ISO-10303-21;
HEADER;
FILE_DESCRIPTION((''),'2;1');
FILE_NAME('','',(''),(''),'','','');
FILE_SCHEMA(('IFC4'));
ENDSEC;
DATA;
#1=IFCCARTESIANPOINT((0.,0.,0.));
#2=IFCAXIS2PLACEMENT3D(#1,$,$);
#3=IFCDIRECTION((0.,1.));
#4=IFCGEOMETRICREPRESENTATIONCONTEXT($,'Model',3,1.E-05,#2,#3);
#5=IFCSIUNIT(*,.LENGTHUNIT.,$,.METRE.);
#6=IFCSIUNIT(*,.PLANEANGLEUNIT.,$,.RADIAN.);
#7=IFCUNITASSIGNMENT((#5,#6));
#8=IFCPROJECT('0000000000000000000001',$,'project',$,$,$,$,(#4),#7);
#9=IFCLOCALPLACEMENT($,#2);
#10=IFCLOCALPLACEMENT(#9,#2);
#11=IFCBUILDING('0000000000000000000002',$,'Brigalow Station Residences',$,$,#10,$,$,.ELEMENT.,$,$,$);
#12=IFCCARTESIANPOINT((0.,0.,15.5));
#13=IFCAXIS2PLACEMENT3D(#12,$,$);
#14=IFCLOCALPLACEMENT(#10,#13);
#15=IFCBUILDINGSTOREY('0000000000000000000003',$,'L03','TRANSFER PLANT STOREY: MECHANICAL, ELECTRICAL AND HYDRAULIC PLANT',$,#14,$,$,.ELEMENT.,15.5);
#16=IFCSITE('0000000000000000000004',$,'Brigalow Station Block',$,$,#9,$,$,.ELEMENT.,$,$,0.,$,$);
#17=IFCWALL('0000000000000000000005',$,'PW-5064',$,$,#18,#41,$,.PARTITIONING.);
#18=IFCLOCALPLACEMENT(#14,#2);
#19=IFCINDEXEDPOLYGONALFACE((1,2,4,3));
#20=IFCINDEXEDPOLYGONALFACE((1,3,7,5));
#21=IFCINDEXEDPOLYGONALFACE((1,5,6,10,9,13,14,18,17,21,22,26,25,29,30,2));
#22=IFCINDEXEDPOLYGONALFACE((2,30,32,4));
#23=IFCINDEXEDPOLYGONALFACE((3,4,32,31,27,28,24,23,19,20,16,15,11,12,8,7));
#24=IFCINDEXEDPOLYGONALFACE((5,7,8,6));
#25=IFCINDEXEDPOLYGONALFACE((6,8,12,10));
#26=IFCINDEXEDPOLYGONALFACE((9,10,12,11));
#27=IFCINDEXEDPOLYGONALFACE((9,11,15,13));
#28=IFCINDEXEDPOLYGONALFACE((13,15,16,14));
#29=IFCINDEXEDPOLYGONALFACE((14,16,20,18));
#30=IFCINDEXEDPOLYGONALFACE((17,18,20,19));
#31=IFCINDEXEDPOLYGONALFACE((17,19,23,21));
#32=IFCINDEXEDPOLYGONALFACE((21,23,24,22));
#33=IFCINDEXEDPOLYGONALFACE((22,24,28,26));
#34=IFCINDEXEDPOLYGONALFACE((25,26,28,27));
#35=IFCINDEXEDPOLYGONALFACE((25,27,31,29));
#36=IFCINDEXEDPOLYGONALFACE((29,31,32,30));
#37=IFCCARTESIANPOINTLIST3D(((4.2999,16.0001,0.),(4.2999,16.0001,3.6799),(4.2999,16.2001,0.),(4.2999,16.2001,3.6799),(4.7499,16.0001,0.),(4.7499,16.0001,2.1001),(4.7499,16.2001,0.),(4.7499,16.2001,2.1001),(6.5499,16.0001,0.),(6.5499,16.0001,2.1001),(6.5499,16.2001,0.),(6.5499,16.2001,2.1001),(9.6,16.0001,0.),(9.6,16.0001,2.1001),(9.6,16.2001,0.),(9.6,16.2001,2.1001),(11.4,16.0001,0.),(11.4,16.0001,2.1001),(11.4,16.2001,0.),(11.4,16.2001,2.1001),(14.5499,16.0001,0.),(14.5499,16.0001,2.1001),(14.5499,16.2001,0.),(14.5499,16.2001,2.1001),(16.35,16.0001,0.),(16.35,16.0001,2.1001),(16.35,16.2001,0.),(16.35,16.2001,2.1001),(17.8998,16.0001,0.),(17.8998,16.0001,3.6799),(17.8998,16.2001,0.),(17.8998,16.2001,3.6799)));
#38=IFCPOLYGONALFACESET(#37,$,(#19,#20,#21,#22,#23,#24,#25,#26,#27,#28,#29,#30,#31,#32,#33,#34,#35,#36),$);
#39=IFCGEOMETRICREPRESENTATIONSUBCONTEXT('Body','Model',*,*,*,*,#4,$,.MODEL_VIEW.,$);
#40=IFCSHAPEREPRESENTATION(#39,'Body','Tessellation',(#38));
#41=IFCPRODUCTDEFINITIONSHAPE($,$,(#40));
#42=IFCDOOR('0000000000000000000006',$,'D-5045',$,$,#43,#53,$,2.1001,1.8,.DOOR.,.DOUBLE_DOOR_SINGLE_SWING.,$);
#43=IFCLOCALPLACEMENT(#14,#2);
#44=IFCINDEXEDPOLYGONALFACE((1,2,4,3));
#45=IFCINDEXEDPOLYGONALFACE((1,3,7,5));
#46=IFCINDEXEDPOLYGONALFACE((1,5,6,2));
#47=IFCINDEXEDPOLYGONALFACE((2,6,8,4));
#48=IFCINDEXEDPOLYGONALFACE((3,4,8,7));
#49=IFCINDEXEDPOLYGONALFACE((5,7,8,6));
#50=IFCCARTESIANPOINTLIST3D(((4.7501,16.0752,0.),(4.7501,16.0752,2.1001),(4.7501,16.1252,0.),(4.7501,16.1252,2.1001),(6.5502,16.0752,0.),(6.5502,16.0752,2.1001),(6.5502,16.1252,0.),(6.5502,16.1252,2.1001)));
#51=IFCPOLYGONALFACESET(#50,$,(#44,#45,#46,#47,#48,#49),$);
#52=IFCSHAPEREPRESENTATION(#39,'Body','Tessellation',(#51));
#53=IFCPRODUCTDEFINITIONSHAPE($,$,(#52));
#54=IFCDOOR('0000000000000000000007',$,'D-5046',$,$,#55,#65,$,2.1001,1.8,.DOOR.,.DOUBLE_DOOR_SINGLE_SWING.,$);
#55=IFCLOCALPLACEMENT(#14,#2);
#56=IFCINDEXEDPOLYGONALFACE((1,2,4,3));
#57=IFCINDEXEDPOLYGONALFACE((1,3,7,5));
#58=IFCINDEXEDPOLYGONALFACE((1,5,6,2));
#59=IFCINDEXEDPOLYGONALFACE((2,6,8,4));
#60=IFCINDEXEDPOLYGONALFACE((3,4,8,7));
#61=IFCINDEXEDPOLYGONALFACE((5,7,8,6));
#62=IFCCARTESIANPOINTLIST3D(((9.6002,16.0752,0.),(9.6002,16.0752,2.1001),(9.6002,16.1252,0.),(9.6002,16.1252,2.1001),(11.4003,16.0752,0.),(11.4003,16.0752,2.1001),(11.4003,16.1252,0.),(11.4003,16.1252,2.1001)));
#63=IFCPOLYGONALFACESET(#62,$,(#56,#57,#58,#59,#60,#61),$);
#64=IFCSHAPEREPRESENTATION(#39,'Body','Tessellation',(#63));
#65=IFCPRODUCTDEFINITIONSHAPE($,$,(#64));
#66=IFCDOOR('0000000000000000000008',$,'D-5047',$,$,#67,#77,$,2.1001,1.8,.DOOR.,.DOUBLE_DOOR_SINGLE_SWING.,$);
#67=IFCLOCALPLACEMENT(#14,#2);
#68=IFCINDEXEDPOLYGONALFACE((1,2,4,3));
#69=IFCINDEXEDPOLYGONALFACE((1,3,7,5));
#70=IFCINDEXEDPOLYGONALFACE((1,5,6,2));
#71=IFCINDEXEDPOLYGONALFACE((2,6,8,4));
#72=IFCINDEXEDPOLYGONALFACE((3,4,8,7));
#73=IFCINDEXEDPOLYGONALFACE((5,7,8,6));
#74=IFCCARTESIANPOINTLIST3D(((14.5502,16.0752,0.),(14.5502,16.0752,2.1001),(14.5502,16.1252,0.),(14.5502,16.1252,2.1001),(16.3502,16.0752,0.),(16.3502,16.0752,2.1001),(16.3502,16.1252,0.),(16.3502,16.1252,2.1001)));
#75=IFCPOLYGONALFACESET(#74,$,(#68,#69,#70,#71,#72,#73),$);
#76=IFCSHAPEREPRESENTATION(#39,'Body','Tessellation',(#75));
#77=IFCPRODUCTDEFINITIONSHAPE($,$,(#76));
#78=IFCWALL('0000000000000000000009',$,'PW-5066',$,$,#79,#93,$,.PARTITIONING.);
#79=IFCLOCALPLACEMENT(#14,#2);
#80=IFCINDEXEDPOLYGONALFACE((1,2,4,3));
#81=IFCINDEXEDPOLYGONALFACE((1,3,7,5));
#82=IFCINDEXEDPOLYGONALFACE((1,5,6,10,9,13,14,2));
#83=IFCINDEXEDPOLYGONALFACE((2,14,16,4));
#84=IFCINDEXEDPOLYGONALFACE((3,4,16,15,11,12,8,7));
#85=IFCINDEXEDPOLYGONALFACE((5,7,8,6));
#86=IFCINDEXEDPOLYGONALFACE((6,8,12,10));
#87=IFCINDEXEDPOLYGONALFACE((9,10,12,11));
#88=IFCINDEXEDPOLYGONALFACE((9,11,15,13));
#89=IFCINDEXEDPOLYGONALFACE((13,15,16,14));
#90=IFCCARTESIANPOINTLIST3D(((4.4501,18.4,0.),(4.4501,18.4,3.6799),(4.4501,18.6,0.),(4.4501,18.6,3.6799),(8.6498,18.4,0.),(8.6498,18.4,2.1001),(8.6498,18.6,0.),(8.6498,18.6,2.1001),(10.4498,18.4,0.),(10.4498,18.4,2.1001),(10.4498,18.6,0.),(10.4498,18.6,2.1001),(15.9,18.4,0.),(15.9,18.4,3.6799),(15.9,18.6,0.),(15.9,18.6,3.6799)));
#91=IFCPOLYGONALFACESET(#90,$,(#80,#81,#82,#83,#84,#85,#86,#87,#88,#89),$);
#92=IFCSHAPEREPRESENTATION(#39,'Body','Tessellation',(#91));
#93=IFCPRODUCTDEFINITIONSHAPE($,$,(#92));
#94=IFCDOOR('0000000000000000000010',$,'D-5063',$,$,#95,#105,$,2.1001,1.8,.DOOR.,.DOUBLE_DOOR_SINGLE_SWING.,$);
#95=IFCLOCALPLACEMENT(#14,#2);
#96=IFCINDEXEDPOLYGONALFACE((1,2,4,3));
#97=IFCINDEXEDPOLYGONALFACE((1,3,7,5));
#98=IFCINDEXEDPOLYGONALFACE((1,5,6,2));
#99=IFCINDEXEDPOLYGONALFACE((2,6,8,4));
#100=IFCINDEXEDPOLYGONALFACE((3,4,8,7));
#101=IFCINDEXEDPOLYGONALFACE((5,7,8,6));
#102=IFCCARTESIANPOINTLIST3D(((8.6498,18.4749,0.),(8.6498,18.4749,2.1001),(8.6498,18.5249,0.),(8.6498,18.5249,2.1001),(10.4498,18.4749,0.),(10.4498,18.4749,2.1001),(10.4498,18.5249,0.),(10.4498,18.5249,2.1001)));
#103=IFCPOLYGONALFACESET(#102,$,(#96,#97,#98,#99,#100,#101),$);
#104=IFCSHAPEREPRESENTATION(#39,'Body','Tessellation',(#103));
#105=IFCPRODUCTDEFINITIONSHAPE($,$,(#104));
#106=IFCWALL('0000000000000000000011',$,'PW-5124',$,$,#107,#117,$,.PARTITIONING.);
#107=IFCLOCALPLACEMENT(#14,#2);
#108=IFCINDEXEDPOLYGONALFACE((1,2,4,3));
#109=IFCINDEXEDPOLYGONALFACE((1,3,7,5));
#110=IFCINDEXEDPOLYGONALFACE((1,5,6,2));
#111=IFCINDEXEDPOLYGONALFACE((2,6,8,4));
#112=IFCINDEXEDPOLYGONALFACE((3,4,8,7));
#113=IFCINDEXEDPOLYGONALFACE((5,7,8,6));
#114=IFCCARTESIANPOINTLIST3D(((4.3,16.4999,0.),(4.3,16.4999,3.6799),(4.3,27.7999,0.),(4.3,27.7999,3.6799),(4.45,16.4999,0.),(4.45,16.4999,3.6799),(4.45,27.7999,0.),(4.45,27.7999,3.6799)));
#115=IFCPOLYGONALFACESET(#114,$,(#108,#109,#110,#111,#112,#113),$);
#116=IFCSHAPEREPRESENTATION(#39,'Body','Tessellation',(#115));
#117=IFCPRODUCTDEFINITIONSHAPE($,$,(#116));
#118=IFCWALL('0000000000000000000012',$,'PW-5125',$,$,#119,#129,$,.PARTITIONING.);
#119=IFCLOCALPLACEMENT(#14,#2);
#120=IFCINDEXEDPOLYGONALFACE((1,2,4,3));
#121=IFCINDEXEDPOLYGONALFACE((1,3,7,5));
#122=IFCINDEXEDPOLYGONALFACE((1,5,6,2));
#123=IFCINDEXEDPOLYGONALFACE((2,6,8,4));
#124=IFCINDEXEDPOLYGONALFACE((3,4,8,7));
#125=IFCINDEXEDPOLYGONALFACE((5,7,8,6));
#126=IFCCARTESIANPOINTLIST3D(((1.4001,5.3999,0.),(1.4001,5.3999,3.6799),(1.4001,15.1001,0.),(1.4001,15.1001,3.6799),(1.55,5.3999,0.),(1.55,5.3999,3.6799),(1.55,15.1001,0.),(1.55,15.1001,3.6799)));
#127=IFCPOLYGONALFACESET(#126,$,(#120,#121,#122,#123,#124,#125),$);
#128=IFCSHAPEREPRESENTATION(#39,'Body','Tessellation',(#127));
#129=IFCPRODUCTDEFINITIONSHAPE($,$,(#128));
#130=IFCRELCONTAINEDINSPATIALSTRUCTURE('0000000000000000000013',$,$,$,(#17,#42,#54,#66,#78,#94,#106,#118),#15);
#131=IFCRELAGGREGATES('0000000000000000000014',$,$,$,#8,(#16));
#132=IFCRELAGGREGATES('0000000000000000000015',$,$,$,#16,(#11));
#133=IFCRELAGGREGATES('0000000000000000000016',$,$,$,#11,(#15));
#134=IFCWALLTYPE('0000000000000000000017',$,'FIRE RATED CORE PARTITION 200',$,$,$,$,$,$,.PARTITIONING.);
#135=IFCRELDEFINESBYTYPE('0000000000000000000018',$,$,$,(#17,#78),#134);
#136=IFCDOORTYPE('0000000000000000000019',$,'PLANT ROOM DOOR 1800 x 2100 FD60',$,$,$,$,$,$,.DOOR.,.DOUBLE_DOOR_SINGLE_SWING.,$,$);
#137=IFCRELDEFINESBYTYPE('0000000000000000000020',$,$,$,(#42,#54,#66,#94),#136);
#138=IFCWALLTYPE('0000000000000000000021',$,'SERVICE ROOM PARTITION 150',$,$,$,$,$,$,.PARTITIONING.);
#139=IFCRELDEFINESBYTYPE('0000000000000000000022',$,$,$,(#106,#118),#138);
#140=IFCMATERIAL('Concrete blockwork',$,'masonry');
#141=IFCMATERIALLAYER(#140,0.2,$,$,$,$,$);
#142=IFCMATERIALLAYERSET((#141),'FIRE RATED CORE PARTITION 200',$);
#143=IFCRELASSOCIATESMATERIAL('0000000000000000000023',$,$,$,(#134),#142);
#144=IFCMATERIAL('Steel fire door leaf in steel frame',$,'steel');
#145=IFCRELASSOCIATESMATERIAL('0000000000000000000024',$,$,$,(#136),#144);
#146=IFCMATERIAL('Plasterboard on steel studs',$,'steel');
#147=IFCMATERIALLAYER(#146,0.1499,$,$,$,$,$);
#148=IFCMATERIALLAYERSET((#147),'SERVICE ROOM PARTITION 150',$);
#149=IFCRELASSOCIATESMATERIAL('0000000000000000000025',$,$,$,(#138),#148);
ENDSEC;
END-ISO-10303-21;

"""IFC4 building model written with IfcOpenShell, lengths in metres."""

from ifc_helpers import new_model, si_unit, direction, frame, frame_2d, origin, place, context, subcontext, project, spatial, rectangle, extrude, material, layer, layer_set, type_object, element, fill, save


model = new_model("IFC4")

# Units and contexts
model_context = context("Model", 3, precision=1e-05, world=origin(), true_north=direction((0.0, 1.0)))
body_context = subcontext(model_context, "Body", "Model", "MODEL_VIEW")
ifc_project = project(units=[si_unit("LENGTHUNIT", "METRE"), si_unit("PLANEANGLEUNIT", "RADIAN")], contexts=[model_context])

# Site, building, storey
site_placement = place(None, origin())
site = spatial("IfcSite", under=ifc_project, at=site_placement, Name="Brigalow Station Block", CompositionType="ELEMENT", RefElevation=0.0)
building_placement = place(site_placement, origin())
building = spatial("IfcBuilding", under=site, at=building_placement, Name="Brigalow Station Residences", CompositionType="ELEMENT")
storey_placement = place(building_placement, frame((0.0, 0.0, 15.5)))
storey = spatial("IfcBuildingStorey", under=building, at=storey_placement, Name="L03", Description="TRANSFER PLANT STOREY: MECHANICAL, ELECTRICAL AND HYDRAULIC PLANT", CompositionType="ELEMENT", Elevation=15.5)

# Shared definitions
ifc_material_1 = material(Name="Concrete blockwork", Category="masonry")
ifc_layer_1 = layer(ifc_material_1, 0.2)
ifc_layer_set_1 = layer_set([ifc_layer_1], Name="FIRE RATED CORE PARTITION 200")
wall_type_1 = type_object("IfcWallType", Name="FIRE RATED CORE PARTITION 200", PredefinedType="PARTITIONING", material=ifc_layer_set_1)

# Wall, openings, doors
wall_1_placement = place(storey_placement, frame((4.3, 16.1001, 0.0), z_axis=(0.0, 0.0, 1.0), x_axis=(1.0, 0.0, 0.0)))
wall_1 = element("IfcWall", 1, at=wall_1_placement, inside=storey, type_object=wall_type_1, Name="PW-5064", PredefinedType="PARTITIONING", context=body_context, shape_type="SweptSolid", body=[
    extrude(rectangle(XDim=13.5999, YDim=0.2, at=frame_2d((6.7998, 0.0))), origin(), (0.0, 0.0, 1.0), 3.6799),
])
opening_1_placement = place(wall_1_placement, frame((0.45, 0.0, 0.0)))
opening_1 = element("IfcOpeningElement", 2, at=opening_1_placement, cuts=wall_1, PredefinedType="OPENING", context=body_context, shape_type="SweptSolid", body=[
    extrude(rectangle(XDim=1.8, YDim=2.1001, at=frame_2d((0.8999, 1.05))), frame((0.0, 0.1099, 0.0), z_axis=(0.0, -1.0, 0.0), x_axis=(1.0, 0.0, 0.0)), (0.0, 0.0, 1.0), 0.22),
])
opening_2_placement = place(wall_1_placement, frame((5.3, 0.0, 0.0)))
opening_2 = element("IfcOpeningElement", 3, at=opening_2_placement, cuts=wall_1, PredefinedType="OPENING", context=body_context, shape_type="SweptSolid", body=[
    extrude(rectangle(XDim=1.8, YDim=2.1001, at=frame_2d((0.8999, 1.05))), frame((0.0, 0.1099, 0.0), z_axis=(0.0, -1.0, 0.0), x_axis=(1.0, 0.0, 0.0)), (0.0, 0.0, 1.0), 0.22),
])
opening_3_placement = place(wall_1_placement, frame((10.25, 0.0, 0.0)))
opening_3 = element("IfcOpeningElement", 4, at=opening_3_placement, cuts=wall_1, PredefinedType="OPENING", context=body_context, shape_type="SweptSolid", body=[
    extrude(rectangle(XDim=1.8, YDim=2.1001, at=frame_2d((0.8999, 1.05))), frame((0.0, 0.1099, 0.0), z_axis=(0.0, -1.0, 0.0), x_axis=(1.0, 0.0, 0.0)), (0.0, 0.0, 1.0), 0.22),
])
ifc_material_2 = material(Name="Steel fire door leaf in steel frame", Category="steel")
door_type = type_object("IfcDoorType", Name="PLANT ROOM DOOR 1800 x 2100 FD60", OperationType="DOUBLE_DOOR_SINGLE_SWING", PredefinedType="DOOR", material=ifc_material_2)
door_1_placement = place(opening_1_placement, frame((1.8, 0.0, 0.0), z_axis=(0.0, 0.0, 1.0), x_axis=(-1.0, 0.0, 0.0)))
door_1 = element("IfcDoor", 5, at=door_1_placement, inside=storey, type_object=door_type, Name="D-5045", OperationType="DOUBLE_DOOR_SINGLE_SWING", OverallHeight=2.1001, OverallWidth=1.8, PredefinedType="DOOR", context=body_context, shape_type="SweptSolid", body=[
    extrude(rectangle(XDim=1.8, YDim=2.1001, at=frame_2d((0.8999, 1.05))), frame((0.0, 0.0249, 0.0), z_axis=(0.0, -1.0, 0.0), x_axis=(1.0, 0.0, 0.0)), (0.0, 0.0, 1.0), 0.05),
])
fill(opening_1, door_1)
door_2_placement = place(opening_2_placement, frame((1.8, 0.0, 0.0), z_axis=(0.0, 0.0, 1.0), x_axis=(-1.0, 0.0, 0.0)))
door_2 = element("IfcDoor", 6, at=door_2_placement, inside=storey, type_object=door_type, Name="D-5046", OperationType="DOUBLE_DOOR_SINGLE_SWING", OverallHeight=2.1001, OverallWidth=1.8, PredefinedType="DOOR", context=body_context, shape_type="SweptSolid", body=[
    extrude(rectangle(XDim=1.8, YDim=2.1001, at=frame_2d((0.8999, 1.05))), frame((0.0, 0.0249, 0.0), z_axis=(0.0, -1.0, 0.0), x_axis=(1.0, 0.0, 0.0)), (0.0, 0.0, 1.0), 0.05),
])
fill(opening_2, door_2)
door_3_placement = place(opening_3_placement, frame((1.8, 0.0, 0.0), z_axis=(0.0, 0.0, 1.0), x_axis=(-1.0, 0.0, 0.0)))
door_3 = element("IfcDoor", 7, at=door_3_placement, inside=storey, type_object=door_type, Name="D-5047", OperationType="DOUBLE_DOOR_SINGLE_SWING", OverallHeight=2.1001, OverallWidth=1.8, PredefinedType="DOOR", context=body_context, shape_type="SweptSolid", body=[
    extrude(rectangle(XDim=1.8, YDim=2.1001, at=frame_2d((0.8999, 1.05))), frame((0.0, 0.0249, 0.0), z_axis=(0.0, -1.0, 0.0), x_axis=(1.0, 0.0, 0.0)), (0.0, 0.0, 1.0), 0.05),
])
fill(opening_3, door_3)

# Wall, opening, door
wall_2_placement = place(storey_placement, frame((4.45, 18.5, 0.0), z_axis=(0.0, 0.0, 1.0), x_axis=(1.0, 0.0, 0.0)))
wall_2 = element("IfcWall", 8, at=wall_2_placement, inside=storey, type_object=wall_type_1, Name="PW-5066", PredefinedType="PARTITIONING", context=body_context, shape_type="SweptSolid", body=[
    extrude(rectangle(XDim=11.45, YDim=0.2, at=frame_2d((5.7251, 0.0))), origin(), (0.0, 0.0, 1.0), 3.6799),
])
opening_4_placement = place(wall_2_placement, frame((4.2, 0.0, 0.0)))
opening_4 = element("IfcOpeningElement", 9, at=opening_4_placement, cuts=wall_2, PredefinedType="OPENING", context=body_context, shape_type="SweptSolid", body=[
    extrude(rectangle(XDim=1.8, YDim=2.1001, at=frame_2d((0.8999, 1.05))), frame((0.0, 0.1099, 0.0), z_axis=(0.0, -1.0, 0.0), x_axis=(1.0, 0.0, 0.0)), (0.0, 0.0, 1.0), 0.22),
])
door_4_placement = place(opening_4_placement, origin())
door_4 = element("IfcDoor", 10, at=door_4_placement, inside=storey, type_object=door_type, Name="D-5063", OperationType="DOUBLE_DOOR_SINGLE_SWING", OverallHeight=2.1001, OverallWidth=1.8, PredefinedType="DOOR", context=body_context, shape_type="SweptSolid", body=[
    extrude(rectangle(XDim=1.8, YDim=2.1001, at=frame_2d((0.8999, 1.05))), frame((0.0, 0.0249, 0.0), z_axis=(0.0, -1.0, 0.0), x_axis=(1.0, 0.0, 0.0)), (0.0, 0.0, 1.0), 0.05),
])
fill(opening_4, door_4)

# Walls
ifc_material_3 = material(Name="Plasterboard on steel studs", Category="steel")
ifc_layer_2 = layer(ifc_material_3, 0.1499)
ifc_layer_set_2 = layer_set([ifc_layer_2], Name="SERVICE ROOM PARTITION 150")
wall_type_2 = type_object("IfcWallType", Name="SERVICE ROOM PARTITION 150", PredefinedType="PARTITIONING", material=ifc_layer_set_2)
wall_3_placement = place(storey_placement, frame((4.375, 16.5, 0.0), z_axis=(0.0, 0.0, 1.0), x_axis=(0.0, 1.0, 0.0)))
element("IfcWall", 11, at=wall_3_placement, inside=storey, type_object=wall_type_2, Name="PW-5124", PredefinedType="PARTITIONING", context=body_context, shape_type="SweptSolid", body=[
    extrude(rectangle(XDim=11.3, YDim=0.1499, at=frame_2d((5.6499, 0.0))), origin(), (0.0, 0.0, 1.0), 3.6799),
])
wall_4_placement = place(storey_placement, frame((1.4751, 5.3999, 0.0), z_axis=(0.0, 0.0, 1.0), x_axis=(0.0, 1.0, 0.0)))
element("IfcWall", 12, at=wall_4_placement, inside=storey, type_object=wall_type_2, Name="PW-5125", PredefinedType="PARTITIONING", context=body_context, shape_type="SweptSolid", body=[
    extrude(rectangle(XDim=9.7002, YDim=0.1499, at=frame_2d((4.8501, 0.0))), origin(), (0.0, 0.0, 1.0), 3.6799),
])

save(model, "model.ifc")
